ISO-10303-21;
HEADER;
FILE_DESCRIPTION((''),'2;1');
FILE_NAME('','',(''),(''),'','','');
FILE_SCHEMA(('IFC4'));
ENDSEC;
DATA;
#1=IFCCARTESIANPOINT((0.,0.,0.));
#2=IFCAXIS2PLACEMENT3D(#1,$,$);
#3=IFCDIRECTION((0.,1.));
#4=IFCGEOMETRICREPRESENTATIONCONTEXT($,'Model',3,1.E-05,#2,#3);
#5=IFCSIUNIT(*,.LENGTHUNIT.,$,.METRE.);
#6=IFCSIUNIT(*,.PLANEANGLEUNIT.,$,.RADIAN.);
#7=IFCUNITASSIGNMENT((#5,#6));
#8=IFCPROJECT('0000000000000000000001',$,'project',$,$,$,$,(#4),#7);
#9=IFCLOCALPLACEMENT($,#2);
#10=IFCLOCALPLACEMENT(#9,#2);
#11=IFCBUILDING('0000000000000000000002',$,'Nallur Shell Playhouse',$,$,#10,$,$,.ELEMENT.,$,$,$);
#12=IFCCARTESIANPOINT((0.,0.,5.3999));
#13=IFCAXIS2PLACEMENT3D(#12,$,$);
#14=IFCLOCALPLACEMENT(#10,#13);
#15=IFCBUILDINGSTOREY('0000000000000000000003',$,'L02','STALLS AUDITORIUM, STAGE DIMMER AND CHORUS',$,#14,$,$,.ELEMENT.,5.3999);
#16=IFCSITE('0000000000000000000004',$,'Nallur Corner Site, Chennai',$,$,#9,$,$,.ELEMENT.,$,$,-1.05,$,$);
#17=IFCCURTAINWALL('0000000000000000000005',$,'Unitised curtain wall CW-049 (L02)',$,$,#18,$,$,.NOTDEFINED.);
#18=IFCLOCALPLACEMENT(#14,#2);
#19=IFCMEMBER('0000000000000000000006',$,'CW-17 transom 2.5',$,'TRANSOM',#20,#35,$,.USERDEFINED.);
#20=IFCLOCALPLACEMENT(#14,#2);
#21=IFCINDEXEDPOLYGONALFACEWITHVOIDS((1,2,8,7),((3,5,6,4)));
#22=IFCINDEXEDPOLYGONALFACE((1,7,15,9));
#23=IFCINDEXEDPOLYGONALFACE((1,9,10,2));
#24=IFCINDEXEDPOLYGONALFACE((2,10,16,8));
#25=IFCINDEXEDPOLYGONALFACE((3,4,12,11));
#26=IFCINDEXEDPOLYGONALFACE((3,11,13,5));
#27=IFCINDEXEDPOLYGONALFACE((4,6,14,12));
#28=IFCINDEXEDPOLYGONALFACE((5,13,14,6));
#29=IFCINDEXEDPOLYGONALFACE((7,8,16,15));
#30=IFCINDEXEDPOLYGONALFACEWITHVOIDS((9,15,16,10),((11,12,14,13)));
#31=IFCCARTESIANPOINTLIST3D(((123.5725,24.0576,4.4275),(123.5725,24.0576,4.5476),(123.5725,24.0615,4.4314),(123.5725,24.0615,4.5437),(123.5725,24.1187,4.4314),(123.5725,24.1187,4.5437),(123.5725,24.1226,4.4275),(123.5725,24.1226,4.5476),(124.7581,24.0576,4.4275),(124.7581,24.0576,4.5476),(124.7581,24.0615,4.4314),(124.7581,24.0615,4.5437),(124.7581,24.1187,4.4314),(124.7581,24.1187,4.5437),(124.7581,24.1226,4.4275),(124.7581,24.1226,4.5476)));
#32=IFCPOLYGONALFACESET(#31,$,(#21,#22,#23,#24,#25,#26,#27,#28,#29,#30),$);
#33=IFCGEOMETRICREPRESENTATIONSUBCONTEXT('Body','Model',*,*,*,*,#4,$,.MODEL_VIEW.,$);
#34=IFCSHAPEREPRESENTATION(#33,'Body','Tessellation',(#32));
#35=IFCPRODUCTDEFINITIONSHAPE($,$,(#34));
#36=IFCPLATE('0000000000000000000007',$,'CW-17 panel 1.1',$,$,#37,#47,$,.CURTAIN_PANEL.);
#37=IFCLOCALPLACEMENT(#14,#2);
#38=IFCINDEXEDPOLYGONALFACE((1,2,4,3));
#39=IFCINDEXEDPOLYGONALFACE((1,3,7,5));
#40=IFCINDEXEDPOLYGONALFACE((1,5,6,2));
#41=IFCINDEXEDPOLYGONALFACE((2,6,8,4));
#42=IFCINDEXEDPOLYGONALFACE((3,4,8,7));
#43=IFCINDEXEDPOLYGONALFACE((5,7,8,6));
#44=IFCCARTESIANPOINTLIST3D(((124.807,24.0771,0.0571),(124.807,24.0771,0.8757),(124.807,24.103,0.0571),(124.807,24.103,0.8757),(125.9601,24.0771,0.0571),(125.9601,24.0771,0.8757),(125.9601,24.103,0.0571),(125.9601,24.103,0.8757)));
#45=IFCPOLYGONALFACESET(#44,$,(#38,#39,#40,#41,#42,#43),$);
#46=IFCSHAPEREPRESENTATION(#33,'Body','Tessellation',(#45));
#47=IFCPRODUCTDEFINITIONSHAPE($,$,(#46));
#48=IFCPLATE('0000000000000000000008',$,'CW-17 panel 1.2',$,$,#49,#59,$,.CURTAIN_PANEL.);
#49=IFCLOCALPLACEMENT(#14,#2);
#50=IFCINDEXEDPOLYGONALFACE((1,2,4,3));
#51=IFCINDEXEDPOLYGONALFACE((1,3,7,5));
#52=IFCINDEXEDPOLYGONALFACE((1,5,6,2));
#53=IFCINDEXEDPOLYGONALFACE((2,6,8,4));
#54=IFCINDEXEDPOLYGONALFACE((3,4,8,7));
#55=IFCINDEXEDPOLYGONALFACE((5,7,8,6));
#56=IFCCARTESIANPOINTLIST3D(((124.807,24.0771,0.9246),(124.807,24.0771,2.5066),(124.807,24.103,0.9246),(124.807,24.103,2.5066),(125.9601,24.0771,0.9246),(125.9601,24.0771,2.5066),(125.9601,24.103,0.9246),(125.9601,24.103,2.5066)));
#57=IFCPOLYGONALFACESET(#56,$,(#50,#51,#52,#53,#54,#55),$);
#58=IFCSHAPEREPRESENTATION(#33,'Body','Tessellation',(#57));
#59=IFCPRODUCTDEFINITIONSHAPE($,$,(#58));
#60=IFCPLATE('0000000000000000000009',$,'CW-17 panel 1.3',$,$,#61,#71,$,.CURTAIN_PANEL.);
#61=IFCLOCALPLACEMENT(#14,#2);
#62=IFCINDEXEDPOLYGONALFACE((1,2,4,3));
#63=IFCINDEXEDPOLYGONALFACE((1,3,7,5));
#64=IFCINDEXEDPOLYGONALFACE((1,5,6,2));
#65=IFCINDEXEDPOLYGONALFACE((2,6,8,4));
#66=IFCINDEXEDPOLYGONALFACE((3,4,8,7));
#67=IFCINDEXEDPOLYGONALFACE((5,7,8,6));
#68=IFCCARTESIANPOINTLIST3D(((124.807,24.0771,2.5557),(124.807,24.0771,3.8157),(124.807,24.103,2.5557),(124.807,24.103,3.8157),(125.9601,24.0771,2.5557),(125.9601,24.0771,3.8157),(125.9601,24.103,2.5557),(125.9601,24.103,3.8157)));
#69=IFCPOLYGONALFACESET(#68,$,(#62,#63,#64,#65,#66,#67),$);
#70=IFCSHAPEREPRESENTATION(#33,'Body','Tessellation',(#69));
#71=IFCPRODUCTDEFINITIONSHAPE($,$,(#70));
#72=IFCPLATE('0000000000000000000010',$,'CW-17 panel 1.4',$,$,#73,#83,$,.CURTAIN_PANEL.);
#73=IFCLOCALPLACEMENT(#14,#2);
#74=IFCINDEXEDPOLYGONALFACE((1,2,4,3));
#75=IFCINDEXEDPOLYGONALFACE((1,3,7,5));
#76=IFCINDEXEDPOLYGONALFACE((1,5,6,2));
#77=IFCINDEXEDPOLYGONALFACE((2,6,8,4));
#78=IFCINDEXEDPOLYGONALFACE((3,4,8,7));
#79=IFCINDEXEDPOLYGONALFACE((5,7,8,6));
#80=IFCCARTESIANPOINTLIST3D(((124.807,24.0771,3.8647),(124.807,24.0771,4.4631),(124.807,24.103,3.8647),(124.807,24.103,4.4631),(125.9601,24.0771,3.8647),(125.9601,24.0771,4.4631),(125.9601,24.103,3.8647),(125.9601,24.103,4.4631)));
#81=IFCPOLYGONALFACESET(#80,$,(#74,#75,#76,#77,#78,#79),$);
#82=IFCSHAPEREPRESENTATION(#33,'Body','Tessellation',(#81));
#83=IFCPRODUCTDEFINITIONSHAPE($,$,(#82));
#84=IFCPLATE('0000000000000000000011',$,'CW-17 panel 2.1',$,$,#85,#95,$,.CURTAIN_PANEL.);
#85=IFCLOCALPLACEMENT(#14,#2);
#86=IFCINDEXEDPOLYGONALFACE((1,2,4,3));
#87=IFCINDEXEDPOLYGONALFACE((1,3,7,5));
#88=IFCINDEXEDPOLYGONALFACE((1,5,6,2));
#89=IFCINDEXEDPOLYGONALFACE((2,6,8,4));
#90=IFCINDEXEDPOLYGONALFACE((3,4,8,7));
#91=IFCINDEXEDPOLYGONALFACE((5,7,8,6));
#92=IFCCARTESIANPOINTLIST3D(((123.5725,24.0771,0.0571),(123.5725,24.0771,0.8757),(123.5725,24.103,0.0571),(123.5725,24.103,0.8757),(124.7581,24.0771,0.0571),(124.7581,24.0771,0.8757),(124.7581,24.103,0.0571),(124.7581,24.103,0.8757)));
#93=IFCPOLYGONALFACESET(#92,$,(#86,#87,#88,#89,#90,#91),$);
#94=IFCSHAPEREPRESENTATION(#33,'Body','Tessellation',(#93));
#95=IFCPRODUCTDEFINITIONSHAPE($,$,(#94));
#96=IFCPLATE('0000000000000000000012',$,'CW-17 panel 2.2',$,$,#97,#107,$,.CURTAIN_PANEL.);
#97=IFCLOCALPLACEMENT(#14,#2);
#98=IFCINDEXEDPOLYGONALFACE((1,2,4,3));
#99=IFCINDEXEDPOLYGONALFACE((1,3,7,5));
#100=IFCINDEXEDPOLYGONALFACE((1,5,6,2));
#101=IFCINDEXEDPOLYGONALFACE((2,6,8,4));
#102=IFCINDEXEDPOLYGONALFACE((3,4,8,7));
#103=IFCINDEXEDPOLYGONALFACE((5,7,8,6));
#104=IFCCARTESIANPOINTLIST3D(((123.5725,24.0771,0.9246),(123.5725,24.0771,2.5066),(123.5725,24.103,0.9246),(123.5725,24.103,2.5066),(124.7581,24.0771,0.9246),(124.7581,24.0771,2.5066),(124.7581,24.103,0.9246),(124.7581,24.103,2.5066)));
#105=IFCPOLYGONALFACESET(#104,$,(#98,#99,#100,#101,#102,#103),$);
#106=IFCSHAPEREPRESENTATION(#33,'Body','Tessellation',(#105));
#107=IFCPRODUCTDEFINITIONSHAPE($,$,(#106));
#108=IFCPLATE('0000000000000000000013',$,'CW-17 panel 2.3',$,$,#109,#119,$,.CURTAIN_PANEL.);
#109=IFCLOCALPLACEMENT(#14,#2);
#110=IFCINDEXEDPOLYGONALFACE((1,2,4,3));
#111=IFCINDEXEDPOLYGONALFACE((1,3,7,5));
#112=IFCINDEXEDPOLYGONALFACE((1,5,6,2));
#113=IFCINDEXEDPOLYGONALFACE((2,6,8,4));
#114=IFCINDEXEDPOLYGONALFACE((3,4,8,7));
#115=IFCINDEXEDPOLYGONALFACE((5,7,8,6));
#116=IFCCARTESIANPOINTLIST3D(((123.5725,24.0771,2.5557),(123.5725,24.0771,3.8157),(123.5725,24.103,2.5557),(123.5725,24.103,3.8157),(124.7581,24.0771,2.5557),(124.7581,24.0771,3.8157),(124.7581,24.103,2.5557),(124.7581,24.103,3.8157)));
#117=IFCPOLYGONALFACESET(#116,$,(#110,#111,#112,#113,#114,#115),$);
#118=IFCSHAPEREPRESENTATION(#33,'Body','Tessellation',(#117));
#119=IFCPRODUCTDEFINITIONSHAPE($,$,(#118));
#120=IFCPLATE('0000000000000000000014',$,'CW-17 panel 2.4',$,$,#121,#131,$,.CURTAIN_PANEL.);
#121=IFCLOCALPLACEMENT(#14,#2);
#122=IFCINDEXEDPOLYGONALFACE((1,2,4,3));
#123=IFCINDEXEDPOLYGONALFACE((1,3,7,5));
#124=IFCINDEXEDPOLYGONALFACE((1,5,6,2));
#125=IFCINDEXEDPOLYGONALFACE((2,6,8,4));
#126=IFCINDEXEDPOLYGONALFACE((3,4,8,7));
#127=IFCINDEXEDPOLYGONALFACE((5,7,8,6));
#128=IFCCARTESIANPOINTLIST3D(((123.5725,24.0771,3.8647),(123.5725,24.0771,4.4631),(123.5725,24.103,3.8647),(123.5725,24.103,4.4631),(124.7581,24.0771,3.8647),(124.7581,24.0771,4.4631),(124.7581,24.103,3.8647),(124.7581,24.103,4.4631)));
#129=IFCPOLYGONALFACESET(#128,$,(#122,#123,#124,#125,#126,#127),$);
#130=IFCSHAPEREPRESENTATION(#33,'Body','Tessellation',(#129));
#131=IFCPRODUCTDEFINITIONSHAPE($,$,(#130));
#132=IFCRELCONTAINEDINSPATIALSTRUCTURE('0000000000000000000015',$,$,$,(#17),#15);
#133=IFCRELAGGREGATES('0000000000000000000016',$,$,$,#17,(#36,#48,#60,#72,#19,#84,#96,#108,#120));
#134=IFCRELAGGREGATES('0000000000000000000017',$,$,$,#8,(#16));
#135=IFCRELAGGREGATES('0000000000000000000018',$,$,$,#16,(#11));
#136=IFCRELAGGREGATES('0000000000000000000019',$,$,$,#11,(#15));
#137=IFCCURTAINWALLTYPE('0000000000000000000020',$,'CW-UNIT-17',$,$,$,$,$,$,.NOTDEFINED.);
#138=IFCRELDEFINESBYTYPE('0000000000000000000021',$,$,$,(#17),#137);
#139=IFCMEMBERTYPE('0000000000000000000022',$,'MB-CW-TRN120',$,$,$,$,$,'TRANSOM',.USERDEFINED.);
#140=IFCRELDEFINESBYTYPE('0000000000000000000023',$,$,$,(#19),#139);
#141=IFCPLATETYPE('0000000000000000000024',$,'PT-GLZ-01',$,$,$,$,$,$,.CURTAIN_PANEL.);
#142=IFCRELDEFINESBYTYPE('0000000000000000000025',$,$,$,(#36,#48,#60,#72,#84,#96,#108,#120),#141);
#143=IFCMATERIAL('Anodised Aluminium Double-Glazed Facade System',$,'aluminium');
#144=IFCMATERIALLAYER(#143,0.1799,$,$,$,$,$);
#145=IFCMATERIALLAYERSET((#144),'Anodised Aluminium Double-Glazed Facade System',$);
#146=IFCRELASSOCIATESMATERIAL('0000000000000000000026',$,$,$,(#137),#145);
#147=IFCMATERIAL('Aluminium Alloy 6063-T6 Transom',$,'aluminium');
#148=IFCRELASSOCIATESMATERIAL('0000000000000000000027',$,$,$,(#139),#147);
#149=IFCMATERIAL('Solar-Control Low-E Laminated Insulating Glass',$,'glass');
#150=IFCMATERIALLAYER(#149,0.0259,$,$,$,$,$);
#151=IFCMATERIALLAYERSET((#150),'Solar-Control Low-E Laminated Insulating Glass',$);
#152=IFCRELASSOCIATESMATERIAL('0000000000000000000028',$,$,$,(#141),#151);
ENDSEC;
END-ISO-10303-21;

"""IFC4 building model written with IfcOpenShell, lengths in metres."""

from ifc_helpers import new_model, si_unit, direction, frame, origin, origin_2d, place, context, subcontext, project, spatial, rectangle, hollow_rectangle, extrude, material, layer, layer_set, material_profile, profile_set, type_object, element, aggregate, save


model = new_model("IFC4")

# Units and contexts
model_context = context("Model", 3, precision=1e-05, world=origin(), true_north=direction((0.0, 1.0)))
body_context = subcontext(model_context, "Body", "Model", "MODEL_VIEW")
ifc_project = project(units=[si_unit("LENGTHUNIT", "METRE"), si_unit("PLANEANGLEUNIT", "RADIAN")], contexts=[model_context])

# Site, building, storey
site_placement = place(None, origin())
site = spatial("IfcSite", under=ifc_project, at=site_placement, Name="Nallur Corner Site, Chennai", CompositionType="ELEMENT", RefElevation=-1.05)
building_placement = place(site_placement, origin())
building = spatial("IfcBuilding", under=site, at=building_placement, Name="Nallur Shell Playhouse", CompositionType="ELEMENT")
storey_placement = place(building_placement, frame((0.0, 0.0, 5.3999)))
storey = spatial("IfcBuildingStorey", under=building, at=storey_placement, Name="L02", Description="STALLS AUDITORIUM, STAGE DIMMER AND CHORUS", CompositionType="ELEMENT", Elevation=5.3999)

# Curtain wall, member, plates
ifc_material_1 = material(Name="Anodised Aluminium Double-Glazed Facade System", Category="aluminium")
ifc_layer_1 = layer(ifc_material_1, 0.1799)
ifc_layer_set_1 = layer_set([ifc_layer_1], Name="Anodised Aluminium Double-Glazed Facade System")
curtain_wall_type = type_object("IfcCurtainWallType", Name="CW-UNIT-17", PredefinedType="NOTDEFINED", material=ifc_layer_set_1)
curtain_wall_placement = place(storey_placement, origin())
curtain_wall = element("IfcCurtainWall", 1, at=curtain_wall_placement, inside=storey, type_object=curtain_wall_type, Name="Unitised curtain wall CW-049 (L02)", PredefinedType="NOTDEFINED")
ifc_material_2 = material(Name="Aluminium Alloy 6063-T6 Transom", Category="aluminium")
ifc_material_profile_1 = material_profile(ifc_material_2, hollow_rectangle(XDim=0.0649, YDim=0.1201, WallThickness=0.0039, at=origin_2d()), Name="ALU 65x120x4")
ifc_profile_set_1 = profile_set([ifc_material_profile_1], Name="Aluminium Alloy 6063-T6 Transom")
member_type_1 = type_object("IfcMemberType", Name="MB-CW-TRN120", ElementType="TRANSOM", PredefinedType="USERDEFINED", material=ifc_profile_set_1)
member_1_placement = place(storey_placement, frame((124.7581, 24.0901, 4.4875), z_axis=(-1.0, 0.0, 0.0), x_axis=(0.0, -1.0, 0.0)))
member_1 = element("IfcMember", 2, at=member_1_placement, type_object=member_type_1, Name="CW-17 transom 2.5", ObjectType="TRANSOM", PredefinedType="USERDEFINED", context=body_context, shape_type="SweptSolid", body=[
    extrude(hollow_rectangle(XDim=0.0649, YDim=0.1201, WallThickness=0.0039, at=origin_2d()), origin(), (0.0, 0.0, 1.0), 1.1855),
])
ifc_material_3 = material(Name="Solar-Control Low-E Laminated Insulating Glass", Category="glass")
ifc_layer_2 = layer(ifc_material_3, 0.0259)
ifc_layer_set_2 = layer_set([ifc_layer_2], Name="Solar-Control Low-E Laminated Insulating Glass")
plate_type = type_object("IfcPlateType", Name="PT-GLZ-01", PredefinedType="CURTAIN_PANEL", material=ifc_layer_set_2)
plate_1_placement = place(storey_placement, frame((125.3835, 24.0901, 0.0571), z_axis=(0.0, 0.0, 1.0), x_axis=(-1.0, 0.0, 0.0)))
plate_1 = element("IfcPlate", 3, at=plate_1_placement, type_object=plate_type, Name="CW-17 panel 1.1", PredefinedType="CURTAIN_PANEL", context=body_context, shape_type="SweptSolid", body=[
    extrude(rectangle(XDim=1.1531, YDim=0.0259, at=origin_2d()), origin(), (0.0, 0.0, 1.0), 0.8186),
])
plate_2_placement = place(storey_placement, frame((125.3835, 24.0901, 0.9246), z_axis=(0.0, 0.0, 1.0), x_axis=(-1.0, 0.0, 0.0)))
plate_2 = element("IfcPlate", 4, at=plate_2_placement, type_object=plate_type, Name="CW-17 panel 1.2", PredefinedType="CURTAIN_PANEL", context=body_context, shape_type="SweptSolid", body=[
    extrude(rectangle(XDim=1.1531, YDim=0.0259, at=origin_2d()), origin(), (0.0, 0.0, 1.0), 1.582),
])
plate_3_placement = place(storey_placement, frame((125.3835, 24.0901, 2.5557), z_axis=(0.0, 0.0, 1.0), x_axis=(-1.0, 0.0, 0.0)))
plate_3 = element("IfcPlate", 5, at=plate_3_placement, type_object=plate_type, Name="CW-17 panel 1.3", PredefinedType="CURTAIN_PANEL", context=body_context, shape_type="SweptSolid", body=[
    extrude(rectangle(XDim=1.1531, YDim=0.0259, at=origin_2d()), origin(), (0.0, 0.0, 1.0), 1.26),
])
plate_4_placement = place(storey_placement, frame((125.3835, 24.0901, 3.8647), z_axis=(0.0, 0.0, 1.0), x_axis=(-1.0, 0.0, 0.0)))
plate_4 = element("IfcPlate", 6, at=plate_4_placement, type_object=plate_type, Name="CW-17 panel 1.4", PredefinedType="CURTAIN_PANEL", context=body_context, shape_type="SweptSolid", body=[
    extrude(rectangle(XDim=1.1531, YDim=0.0259, at=origin_2d()), origin(), (0.0, 0.0, 1.0), 0.5984),
])
plate_5_placement = place(storey_placement, frame((124.1653, 24.0901, 0.0571), z_axis=(0.0, 0.0, 1.0), x_axis=(-1.0, 0.0, 0.0)))
plate_5 = element("IfcPlate", 7, at=plate_5_placement, type_object=plate_type, Name="CW-17 panel 2.1", PredefinedType="CURTAIN_PANEL", context=body_context, shape_type="SweptSolid", body=[
    extrude(rectangle(XDim=1.1855, YDim=0.0259, at=origin_2d()), origin(), (0.0, 0.0, 1.0), 0.8186),
])
plate_6_placement = place(storey_placement, frame((124.1653, 24.0901, 0.9246), z_axis=(0.0, 0.0, 1.0), x_axis=(-1.0, 0.0, 0.0)))
plate_6 = element("IfcPlate", 8, at=plate_6_placement, type_object=plate_type, Name="CW-17 panel 2.2", PredefinedType="CURTAIN_PANEL", context=body_context, shape_type="SweptSolid", body=[
    extrude(rectangle(XDim=1.1855, YDim=0.0259, at=origin_2d()), origin(), (0.0, 0.0, 1.0), 1.582),
])
plate_7_placement = place(storey_placement, frame((124.1653, 24.0901, 2.5557), z_axis=(0.0, 0.0, 1.0), x_axis=(-1.0, 0.0, 0.0)))
plate_7 = element("IfcPlate", 9, at=plate_7_placement, type_object=plate_type, Name="CW-17 panel 2.3", PredefinedType="CURTAIN_PANEL", context=body_context, shape_type="SweptSolid", body=[
    extrude(rectangle(XDim=1.1855, YDim=0.0259, at=origin_2d()), origin(), (0.0, 0.0, 1.0), 1.26),
])
plate_8_placement = place(storey_placement, frame((124.1653, 24.0901, 3.8647), z_axis=(0.0, 0.0, 1.0), x_axis=(-1.0, 0.0, 0.0)))
plate_8 = element("IfcPlate", 10, at=plate_8_placement, type_object=plate_type, Name="CW-17 panel 2.4", PredefinedType="CURTAIN_PANEL", context=body_context, shape_type="SweptSolid", body=[
    extrude(rectangle(XDim=1.1855, YDim=0.0259, at=origin_2d()), origin(), (0.0, 0.0, 1.0), 0.5984),
])
aggregate(curtain_wall, [plate_1, plate_2, plate_3, plate_4, member_1, plate_5, plate_6, plate_7, plate_8])

save(model, "model.ifc")
